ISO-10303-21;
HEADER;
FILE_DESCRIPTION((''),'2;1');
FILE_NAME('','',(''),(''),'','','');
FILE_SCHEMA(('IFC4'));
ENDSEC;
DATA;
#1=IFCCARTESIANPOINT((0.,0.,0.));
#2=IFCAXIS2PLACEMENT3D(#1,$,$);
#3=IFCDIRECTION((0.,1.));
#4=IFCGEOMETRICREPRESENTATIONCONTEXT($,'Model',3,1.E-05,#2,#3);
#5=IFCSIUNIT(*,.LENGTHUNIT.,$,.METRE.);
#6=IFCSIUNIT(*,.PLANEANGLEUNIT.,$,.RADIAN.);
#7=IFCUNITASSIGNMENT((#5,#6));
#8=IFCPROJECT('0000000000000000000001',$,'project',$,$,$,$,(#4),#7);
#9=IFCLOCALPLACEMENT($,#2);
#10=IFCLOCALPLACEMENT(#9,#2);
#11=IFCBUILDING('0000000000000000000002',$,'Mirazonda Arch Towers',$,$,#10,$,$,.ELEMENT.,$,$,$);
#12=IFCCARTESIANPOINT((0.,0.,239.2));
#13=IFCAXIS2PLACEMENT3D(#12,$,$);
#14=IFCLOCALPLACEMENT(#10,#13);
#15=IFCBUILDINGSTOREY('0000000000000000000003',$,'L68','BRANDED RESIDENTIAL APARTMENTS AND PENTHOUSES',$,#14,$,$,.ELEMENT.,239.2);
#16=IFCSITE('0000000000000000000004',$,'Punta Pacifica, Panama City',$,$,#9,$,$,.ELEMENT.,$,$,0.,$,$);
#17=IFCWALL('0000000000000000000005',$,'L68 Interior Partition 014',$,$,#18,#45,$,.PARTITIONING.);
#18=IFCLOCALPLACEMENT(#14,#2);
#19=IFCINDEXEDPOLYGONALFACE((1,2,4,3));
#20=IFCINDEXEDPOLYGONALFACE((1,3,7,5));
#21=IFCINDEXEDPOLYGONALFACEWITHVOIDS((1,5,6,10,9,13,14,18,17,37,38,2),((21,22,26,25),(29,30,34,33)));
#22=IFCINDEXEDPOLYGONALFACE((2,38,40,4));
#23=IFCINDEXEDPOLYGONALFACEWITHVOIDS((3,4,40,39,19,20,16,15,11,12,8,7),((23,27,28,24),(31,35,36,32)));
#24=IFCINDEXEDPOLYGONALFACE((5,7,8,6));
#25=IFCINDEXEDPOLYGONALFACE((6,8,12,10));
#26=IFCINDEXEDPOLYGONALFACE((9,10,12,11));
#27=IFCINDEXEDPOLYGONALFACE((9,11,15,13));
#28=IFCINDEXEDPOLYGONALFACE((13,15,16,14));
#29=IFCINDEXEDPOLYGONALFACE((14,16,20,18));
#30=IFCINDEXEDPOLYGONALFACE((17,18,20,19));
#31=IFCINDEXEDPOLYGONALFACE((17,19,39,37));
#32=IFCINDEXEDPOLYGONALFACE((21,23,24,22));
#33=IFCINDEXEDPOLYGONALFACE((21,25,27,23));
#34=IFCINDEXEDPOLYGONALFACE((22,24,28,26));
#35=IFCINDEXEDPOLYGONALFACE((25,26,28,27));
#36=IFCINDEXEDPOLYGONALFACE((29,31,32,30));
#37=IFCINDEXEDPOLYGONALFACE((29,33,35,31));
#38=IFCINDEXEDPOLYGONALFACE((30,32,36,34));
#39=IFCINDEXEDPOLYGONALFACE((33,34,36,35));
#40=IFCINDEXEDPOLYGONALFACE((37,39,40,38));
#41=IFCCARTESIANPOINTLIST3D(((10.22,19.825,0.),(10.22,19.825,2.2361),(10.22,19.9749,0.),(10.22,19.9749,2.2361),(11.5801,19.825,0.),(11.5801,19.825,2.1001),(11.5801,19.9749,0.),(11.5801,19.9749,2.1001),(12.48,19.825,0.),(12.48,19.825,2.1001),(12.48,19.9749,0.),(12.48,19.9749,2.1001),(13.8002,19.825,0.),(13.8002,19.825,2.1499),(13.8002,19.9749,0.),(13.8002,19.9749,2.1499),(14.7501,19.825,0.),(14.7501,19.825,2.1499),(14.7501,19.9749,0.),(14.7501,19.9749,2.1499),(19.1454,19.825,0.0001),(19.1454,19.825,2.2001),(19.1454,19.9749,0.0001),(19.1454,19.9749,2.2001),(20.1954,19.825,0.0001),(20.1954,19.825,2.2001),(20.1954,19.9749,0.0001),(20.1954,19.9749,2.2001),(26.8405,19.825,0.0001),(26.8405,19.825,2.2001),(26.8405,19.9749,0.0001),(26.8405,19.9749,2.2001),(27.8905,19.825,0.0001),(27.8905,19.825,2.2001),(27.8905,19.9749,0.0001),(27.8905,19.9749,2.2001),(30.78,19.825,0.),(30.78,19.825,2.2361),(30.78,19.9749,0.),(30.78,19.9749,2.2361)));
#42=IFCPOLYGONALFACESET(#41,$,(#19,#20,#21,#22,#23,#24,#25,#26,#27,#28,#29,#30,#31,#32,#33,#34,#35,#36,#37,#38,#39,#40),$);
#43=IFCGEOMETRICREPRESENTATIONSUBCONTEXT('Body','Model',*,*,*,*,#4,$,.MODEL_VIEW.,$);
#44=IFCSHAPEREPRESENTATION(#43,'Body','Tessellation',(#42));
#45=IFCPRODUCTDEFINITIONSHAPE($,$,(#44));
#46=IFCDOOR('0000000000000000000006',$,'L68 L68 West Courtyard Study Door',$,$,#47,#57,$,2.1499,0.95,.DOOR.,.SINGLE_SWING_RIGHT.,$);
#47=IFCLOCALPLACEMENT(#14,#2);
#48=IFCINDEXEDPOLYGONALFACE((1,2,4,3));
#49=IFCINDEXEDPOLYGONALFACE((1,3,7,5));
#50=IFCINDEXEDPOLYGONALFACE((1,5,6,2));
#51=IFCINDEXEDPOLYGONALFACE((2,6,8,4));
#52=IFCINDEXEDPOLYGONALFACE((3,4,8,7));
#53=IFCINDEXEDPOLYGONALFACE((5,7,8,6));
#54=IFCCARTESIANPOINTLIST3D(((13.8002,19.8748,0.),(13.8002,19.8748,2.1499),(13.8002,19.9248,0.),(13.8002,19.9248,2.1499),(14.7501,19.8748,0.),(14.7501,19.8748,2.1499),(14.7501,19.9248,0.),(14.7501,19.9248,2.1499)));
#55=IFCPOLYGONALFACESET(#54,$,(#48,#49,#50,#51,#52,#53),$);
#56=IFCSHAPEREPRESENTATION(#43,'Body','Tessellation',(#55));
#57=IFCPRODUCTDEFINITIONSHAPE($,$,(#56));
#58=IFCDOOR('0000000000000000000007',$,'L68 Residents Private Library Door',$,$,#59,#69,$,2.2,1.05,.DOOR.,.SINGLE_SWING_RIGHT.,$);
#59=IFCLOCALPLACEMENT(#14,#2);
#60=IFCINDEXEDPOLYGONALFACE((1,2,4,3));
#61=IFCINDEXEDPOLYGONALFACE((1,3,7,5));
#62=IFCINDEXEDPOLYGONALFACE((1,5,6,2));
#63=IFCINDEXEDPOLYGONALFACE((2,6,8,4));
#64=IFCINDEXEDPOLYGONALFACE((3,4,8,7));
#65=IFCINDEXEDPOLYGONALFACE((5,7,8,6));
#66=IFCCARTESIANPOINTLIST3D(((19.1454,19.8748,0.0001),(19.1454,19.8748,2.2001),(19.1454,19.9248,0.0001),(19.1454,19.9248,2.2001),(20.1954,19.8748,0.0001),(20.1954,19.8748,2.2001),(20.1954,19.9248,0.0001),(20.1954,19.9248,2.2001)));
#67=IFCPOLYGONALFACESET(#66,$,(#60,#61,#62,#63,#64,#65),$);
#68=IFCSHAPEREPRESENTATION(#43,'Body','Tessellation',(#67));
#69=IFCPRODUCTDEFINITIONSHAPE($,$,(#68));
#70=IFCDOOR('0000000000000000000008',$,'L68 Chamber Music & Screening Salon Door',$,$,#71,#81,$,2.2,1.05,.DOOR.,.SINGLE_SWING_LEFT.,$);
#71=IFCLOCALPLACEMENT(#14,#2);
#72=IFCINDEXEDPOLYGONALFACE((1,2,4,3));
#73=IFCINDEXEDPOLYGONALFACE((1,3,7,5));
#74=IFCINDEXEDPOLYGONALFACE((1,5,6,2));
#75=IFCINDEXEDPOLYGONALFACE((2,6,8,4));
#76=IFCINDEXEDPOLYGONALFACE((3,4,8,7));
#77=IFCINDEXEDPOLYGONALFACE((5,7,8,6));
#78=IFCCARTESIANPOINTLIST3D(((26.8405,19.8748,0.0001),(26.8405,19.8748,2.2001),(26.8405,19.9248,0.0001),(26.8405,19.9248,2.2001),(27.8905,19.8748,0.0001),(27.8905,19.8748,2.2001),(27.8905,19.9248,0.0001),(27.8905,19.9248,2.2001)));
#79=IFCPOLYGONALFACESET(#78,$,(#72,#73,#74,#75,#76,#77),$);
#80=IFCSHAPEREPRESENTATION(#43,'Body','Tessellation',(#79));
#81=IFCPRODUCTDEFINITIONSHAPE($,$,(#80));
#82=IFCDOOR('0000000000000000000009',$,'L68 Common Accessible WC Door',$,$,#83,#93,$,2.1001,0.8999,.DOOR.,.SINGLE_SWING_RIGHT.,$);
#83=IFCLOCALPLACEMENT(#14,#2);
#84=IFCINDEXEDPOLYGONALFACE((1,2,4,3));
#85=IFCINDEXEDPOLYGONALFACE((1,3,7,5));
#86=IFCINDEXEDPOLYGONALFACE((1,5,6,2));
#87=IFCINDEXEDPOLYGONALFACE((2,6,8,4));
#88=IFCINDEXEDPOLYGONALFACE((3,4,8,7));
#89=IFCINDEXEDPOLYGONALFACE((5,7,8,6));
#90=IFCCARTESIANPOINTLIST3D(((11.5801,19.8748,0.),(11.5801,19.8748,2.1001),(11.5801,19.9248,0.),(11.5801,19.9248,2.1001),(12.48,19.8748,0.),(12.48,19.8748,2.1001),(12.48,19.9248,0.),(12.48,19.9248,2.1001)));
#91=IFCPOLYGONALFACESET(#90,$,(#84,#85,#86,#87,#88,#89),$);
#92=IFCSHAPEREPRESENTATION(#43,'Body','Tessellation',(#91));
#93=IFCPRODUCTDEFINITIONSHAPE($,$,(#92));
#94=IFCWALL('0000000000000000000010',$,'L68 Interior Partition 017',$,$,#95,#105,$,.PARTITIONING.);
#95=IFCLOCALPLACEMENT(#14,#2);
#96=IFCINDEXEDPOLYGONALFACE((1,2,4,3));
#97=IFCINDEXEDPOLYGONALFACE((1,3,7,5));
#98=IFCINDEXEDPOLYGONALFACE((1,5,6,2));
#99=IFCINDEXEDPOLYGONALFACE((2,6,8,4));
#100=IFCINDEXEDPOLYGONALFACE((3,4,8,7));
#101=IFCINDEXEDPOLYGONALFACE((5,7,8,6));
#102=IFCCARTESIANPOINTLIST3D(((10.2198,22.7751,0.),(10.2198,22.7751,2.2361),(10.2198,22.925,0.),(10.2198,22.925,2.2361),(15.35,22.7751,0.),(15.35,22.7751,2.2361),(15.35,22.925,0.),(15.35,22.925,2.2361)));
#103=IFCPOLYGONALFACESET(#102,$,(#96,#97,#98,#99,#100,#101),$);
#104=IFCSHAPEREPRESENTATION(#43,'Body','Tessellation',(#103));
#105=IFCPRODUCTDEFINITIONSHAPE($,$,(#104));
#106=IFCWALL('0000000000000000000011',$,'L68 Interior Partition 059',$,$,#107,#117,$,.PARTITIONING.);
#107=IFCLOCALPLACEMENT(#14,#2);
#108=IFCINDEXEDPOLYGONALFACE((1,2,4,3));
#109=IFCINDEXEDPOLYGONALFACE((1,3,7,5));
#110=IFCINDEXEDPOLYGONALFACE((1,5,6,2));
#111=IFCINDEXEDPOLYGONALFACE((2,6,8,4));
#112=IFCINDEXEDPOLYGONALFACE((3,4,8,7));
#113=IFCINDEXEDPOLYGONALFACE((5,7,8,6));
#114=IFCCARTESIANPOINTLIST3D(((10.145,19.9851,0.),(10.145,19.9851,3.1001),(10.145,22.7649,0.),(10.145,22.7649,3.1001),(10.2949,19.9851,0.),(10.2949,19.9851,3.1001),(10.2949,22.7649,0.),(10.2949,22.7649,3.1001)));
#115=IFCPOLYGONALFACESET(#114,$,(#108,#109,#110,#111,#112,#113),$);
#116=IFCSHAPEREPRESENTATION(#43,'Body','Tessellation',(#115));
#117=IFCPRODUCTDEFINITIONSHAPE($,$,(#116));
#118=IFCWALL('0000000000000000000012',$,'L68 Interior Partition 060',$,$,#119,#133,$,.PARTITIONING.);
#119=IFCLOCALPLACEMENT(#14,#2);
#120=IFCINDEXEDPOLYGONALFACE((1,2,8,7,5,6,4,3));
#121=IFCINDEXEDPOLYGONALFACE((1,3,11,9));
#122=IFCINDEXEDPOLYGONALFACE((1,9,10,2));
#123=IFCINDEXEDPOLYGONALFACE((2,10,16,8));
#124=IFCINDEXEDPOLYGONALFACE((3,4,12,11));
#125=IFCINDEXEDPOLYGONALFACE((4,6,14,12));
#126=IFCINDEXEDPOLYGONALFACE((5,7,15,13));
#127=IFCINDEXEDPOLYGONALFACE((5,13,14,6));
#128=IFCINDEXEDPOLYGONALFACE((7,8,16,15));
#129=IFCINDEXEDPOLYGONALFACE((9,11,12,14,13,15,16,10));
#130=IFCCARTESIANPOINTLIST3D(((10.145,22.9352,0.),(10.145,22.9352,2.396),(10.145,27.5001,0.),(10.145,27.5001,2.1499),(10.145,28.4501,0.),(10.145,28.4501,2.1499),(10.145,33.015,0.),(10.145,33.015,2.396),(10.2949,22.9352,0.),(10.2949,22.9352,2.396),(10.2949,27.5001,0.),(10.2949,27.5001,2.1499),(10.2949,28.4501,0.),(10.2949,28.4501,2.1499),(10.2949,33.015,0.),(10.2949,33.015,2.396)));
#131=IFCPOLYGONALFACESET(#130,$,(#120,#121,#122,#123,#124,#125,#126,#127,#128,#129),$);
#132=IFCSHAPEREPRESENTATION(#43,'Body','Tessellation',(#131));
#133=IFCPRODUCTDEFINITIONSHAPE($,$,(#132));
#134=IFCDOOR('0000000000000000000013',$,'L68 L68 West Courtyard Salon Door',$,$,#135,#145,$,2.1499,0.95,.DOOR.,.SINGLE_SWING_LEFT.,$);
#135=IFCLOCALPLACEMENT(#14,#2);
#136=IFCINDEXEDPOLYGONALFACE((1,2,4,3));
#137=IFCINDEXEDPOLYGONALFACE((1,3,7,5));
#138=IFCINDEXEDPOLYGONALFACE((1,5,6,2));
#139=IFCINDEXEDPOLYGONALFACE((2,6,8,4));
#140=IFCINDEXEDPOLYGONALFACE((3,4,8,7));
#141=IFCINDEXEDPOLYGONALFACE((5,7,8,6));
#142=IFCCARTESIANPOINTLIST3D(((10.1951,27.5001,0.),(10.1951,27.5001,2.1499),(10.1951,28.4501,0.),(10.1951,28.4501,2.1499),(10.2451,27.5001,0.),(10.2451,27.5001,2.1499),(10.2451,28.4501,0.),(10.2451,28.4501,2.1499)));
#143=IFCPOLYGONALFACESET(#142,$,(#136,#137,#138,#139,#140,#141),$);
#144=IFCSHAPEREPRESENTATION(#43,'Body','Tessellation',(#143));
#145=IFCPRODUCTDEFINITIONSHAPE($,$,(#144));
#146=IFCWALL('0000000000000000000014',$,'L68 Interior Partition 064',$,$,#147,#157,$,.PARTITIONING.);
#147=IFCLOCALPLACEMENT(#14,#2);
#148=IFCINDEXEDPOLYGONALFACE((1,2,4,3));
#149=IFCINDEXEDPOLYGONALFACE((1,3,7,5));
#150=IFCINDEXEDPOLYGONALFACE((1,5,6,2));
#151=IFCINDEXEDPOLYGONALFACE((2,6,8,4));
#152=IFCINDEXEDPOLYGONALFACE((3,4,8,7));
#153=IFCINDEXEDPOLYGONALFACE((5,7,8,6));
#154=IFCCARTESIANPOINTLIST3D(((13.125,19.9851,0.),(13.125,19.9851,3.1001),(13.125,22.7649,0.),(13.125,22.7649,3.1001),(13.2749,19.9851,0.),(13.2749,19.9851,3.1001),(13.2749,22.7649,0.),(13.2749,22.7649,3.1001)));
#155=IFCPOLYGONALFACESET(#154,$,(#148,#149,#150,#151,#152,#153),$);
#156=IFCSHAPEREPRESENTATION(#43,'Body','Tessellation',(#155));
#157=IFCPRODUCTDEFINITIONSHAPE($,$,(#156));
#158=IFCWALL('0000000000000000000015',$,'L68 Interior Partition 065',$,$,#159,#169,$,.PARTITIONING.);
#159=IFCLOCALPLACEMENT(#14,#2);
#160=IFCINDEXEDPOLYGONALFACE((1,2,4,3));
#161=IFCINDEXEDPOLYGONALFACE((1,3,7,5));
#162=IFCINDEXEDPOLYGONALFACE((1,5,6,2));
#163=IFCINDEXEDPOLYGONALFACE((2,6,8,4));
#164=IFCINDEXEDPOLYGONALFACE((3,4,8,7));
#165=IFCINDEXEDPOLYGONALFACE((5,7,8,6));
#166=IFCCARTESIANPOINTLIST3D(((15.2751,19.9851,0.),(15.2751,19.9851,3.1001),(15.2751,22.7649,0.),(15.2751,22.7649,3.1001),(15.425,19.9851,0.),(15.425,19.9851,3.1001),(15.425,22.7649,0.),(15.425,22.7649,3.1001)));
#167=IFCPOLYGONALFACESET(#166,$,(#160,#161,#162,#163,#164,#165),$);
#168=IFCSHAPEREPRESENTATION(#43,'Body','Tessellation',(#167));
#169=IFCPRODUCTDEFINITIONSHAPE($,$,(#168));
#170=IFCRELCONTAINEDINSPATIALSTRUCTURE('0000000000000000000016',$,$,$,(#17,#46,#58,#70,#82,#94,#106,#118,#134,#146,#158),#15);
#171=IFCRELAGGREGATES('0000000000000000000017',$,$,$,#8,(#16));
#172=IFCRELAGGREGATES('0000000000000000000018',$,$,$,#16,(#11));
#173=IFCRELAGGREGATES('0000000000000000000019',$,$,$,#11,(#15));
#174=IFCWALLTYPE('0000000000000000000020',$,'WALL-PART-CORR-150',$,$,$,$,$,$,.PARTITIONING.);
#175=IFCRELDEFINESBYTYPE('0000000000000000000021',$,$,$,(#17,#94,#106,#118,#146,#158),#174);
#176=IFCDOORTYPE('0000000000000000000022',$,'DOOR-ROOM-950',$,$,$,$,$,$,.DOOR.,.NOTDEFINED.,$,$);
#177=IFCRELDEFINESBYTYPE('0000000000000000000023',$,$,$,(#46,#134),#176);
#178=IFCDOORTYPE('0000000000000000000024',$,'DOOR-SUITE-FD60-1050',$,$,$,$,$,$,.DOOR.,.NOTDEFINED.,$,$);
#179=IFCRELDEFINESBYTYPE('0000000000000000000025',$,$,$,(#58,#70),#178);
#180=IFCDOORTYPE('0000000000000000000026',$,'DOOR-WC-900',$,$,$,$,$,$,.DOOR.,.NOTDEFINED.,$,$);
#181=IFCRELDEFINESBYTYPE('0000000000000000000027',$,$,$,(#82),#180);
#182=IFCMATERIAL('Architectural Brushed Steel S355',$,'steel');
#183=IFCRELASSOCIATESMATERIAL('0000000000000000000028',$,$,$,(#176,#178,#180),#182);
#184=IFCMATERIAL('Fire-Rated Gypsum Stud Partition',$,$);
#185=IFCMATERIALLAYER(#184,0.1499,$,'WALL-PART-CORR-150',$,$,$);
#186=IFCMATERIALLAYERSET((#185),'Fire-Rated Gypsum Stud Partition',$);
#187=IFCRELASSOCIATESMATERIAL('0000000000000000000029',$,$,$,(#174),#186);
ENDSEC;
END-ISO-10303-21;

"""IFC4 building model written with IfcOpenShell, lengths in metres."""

from ifc_helpers import new_model, si_unit, direction, frame, frame_2d, origin, place, context, subcontext, project, spatial, rectangle, extrude, material, layer, layer_set, type_object, element, fill, save


model = new_model("IFC4")

# Units and contexts
model_context = context("Model", 3, precision=1e-05, world=origin(), true_north=direction((0.0, 1.0)))
body_context = subcontext(model_context, "Body", "Model", "MODEL_VIEW")
ifc_project = project(units=[si_unit("LENGTHUNIT", "METRE"), si_unit("PLANEANGLEUNIT", "RADIAN")], contexts=[model_context])

# Site, building, storey
site_placement = place(None, origin())
site = spatial("IfcSite", under=ifc_project, at=site_placement, Name="Punta Pacifica, Panama City", CompositionType="ELEMENT", RefElevation=0.0)
building_placement = place(site_placement, origin())
building = spatial("IfcBuilding", under=site, at=building_placement, Name="Mirazonda Arch Towers", CompositionType="ELEMENT")
storey_placement = place(building_placement, frame((0.0, 0.0, 239.2)))
storey = spatial("IfcBuildingStorey", under=building, at=storey_placement, Name="L68", Description="BRANDED RESIDENTIAL APARTMENTS AND PENTHOUSES", CompositionType="ELEMENT", Elevation=239.2)

# Shared definitions
ifc_material_1 = material(Name="Architectural Brushed Steel S355", Category="steel")
door_type_1 = type_object("IfcDoorType", Name="DOOR-ROOM-950", OperationType="NOTDEFINED", PredefinedType="DOOR", material=ifc_material_1)

# Shared definitions
ifc_material_2 = material(Name="Fire-Rated Gypsum Stud Partition")
ifc_layer_1 = layer(ifc_material_2, 0.1499, Name="WALL-PART-CORR-150")
ifc_layer_set_1 = layer_set([ifc_layer_1], Name="Fire-Rated Gypsum Stud Partition")
wall_type_1 = type_object("IfcWallType", Name="WALL-PART-CORR-150", PredefinedType="PARTITIONING", material=ifc_layer_set_1)

# Wall, openings, doors
wall_1_placement = place(storey_placement, frame((10.22, 19.8999, 0.0), z_axis=(0.0, 0.0, 1.0), x_axis=(1.0, 0.0, 0.0)))
wall_1 = element("IfcWall", 1, at=wall_1_placement, inside=storey, type_object=wall_type_1, Name="L68 Interior Partition 014", PredefinedType="PARTITIONING", context=body_context, shape_type="SweptSolid", body=[
    extrude(rectangle(XDim=20.5601, YDim=0.1499, at=frame_2d((10.28, 0.0))), origin(), (0.0, 0.0, 1.0), 2.2361),
])
opening_1_placement = place(wall_1_placement, frame((1.3601, 0.0, 0.0)))
opening_1 = element("IfcOpeningElement", 2, at=opening_1_placement, cuts=wall_1, PredefinedType="OPENING", context=body_context, shape_type="SweptSolid", body=[
    extrude(rectangle(XDim=0.8999, YDim=2.1001, at=frame_2d((0.45, 1.05))), frame((0.0, 0.085, 0.0), z_axis=(0.0, -1.0, 0.0), x_axis=(1.0, 0.0, 0.0)), (0.0, 0.0, 1.0), 0.1699),
])
opening_2_placement = place(wall_1_placement, frame((3.5801, 0.0, 0.0)))
opening_2 = element("IfcOpeningElement", 3, at=opening_2_placement, cuts=wall_1, PredefinedType="OPENING", context=body_context, shape_type="SweptSolid", body=[
    extrude(rectangle(XDim=0.95, YDim=2.1499, at=frame_2d((0.4751, 1.075))), frame((0.0, 0.085, 0.0), z_axis=(0.0, -1.0, 0.0), x_axis=(1.0, 0.0, 0.0)), (0.0, 0.0, 1.0), 0.1699),
])
opening_3_placement = place(wall_1_placement, frame((8.9255, 0.0, 0.0)))
opening_3 = element("IfcOpeningElement", 4, at=opening_3_placement, cuts=wall_1, PredefinedType="OPENING", context=body_context, shape_type="SweptSolid", body=[
    extrude(rectangle(XDim=1.05, YDim=2.2, at=frame_2d((0.5249, 1.1001))), frame((0.0, 0.085, 0.0), z_axis=(0.0, -1.0, 0.0), x_axis=(1.0, 0.0, 0.0)), (0.0, 0.0, 1.0), 0.1699),
])
opening_4_placement = place(wall_1_placement, frame((16.6206, 0.0, 0.0)))
opening_4 = element("IfcOpeningElement", 5, at=opening_4_placement, cuts=wall_1, PredefinedType="OPENING", context=body_context, shape_type="SweptSolid", body=[
    extrude(rectangle(XDim=1.05, YDim=2.2, at=frame_2d((0.5249, 1.1001))), frame((0.0, 0.085, 0.0), z_axis=(0.0, -1.0, 0.0), x_axis=(1.0, 0.0, 0.0)), (0.0, 0.0, 1.0), 0.1699),
])
door_1_placement = place(opening_2_placement, origin())
door_1 = element("IfcDoor", 6, at=door_1_placement, inside=storey, type_object=door_type_1, Name="L68 L68 West Courtyard Study Door", OperationType="SINGLE_SWING_RIGHT", OverallHeight=2.1499, OverallWidth=0.95, PredefinedType="DOOR", context=body_context, shape_type="SweptSolid", body=[
    extrude(rectangle(XDim=0.95, YDim=2.1499, at=frame_2d((0.4751, 1.075))), frame((0.0, 0.0249, 0.0), z_axis=(0.0, -1.0, 0.0), x_axis=(1.0, 0.0, 0.0)), (0.0, 0.0, 1.0), 0.05),
])
fill(opening_2, door_1)
door_type_2 = type_object("IfcDoorType", Name="DOOR-SUITE-FD60-1050", OperationType="NOTDEFINED", PredefinedType="DOOR", material=ifc_material_1)
door_2_placement = place(opening_3_placement, origin())
door_2 = element("IfcDoor", 7, at=door_2_placement, inside=storey, type_object=door_type_2, Name="L68 Residents Private Library Door", OperationType="SINGLE_SWING_RIGHT", OverallHeight=2.2, OverallWidth=1.05, PredefinedType="DOOR", context=body_context, shape_type="SweptSolid", body=[
    extrude(rectangle(XDim=1.05, YDim=2.2, at=frame_2d((0.5249, 1.1001))), frame((0.0, 0.0249, 0.0), z_axis=(0.0, -1.0, 0.0), x_axis=(1.0, 0.0, 0.0)), (0.0, 0.0, 1.0), 0.05),
])
fill(opening_3, door_2)
door_3_placement = place(opening_4_placement, origin())
door_3 = element("IfcDoor", 8, at=door_3_placement, inside=storey, type_object=door_type_2, Name="L68 Chamber Music & Screening Salon Door", OperationType="SINGLE_SWING_LEFT", OverallHeight=2.2, OverallWidth=1.05, PredefinedType="DOOR", context=body_context, shape_type="SweptSolid", body=[
    extrude(rectangle(XDim=1.05, YDim=2.2, at=frame_2d((0.5249, 1.1001))), frame((0.0, 0.0249, 0.0), z_axis=(0.0, -1.0, 0.0), x_axis=(1.0, 0.0, 0.0)), (0.0, 0.0, 1.0), 0.05),
])
fill(opening_4, door_3)
door_type_3 = type_object("IfcDoorType", Name="DOOR-WC-900", OperationType="NOTDEFINED", PredefinedType="DOOR", material=ifc_material_1)
door_4_placement = place(opening_1_placement, origin())
door_4 = element("IfcDoor", 9, at=door_4_placement, inside=storey, type_object=door_type_3, Name="L68 Common Accessible WC Door", OperationType="SINGLE_SWING_RIGHT", OverallHeight=2.1001, OverallWidth=0.8999, PredefinedType="DOOR", context=body_context, shape_type="SweptSolid", body=[
    extrude(rectangle(XDim=0.8999, YDim=2.1001, at=frame_2d((0.45, 1.05))), frame((0.0, 0.0249, 0.0), z_axis=(0.0, -1.0, 0.0), x_axis=(1.0, 0.0, 0.0)), (0.0, 0.0, 1.0), 0.05),
])
fill(opening_1, door_4)

# Walls
wall_2_placement = place(storey_placement, frame((10.22, 22.8501, 0.0), z_axis=(0.0, 0.0, 1.0), x_axis=(1.0, 0.0, 0.0)))
element("IfcWall", 10, at=wall_2_placement, inside=storey, type_object=wall_type_1, Name="L68 Interior Partition 017", PredefinedType="PARTITIONING", context=body_context, shape_type="SweptSolid", body=[
    extrude(rectangle(XDim=5.1301, YDim=0.1499, at=frame_2d((2.5649, 0.0))), origin(), (0.0, 0.0, 1.0), 2.2361),
])
wall_3_placement = place(storey_placement, frame((10.22, 19.9851, 0.0), z_axis=(0.0, 0.0, 1.0), x_axis=(0.0, 1.0, 0.0)))
element("IfcWall", 11, at=wall_3_placement, inside=storey, type_object=wall_type_1, Name="L68 Interior Partition 059", PredefinedType="PARTITIONING", context=body_context, shape_type="SweptSolid", body=[
    extrude(rectangle(XDim=2.7798, YDim=0.1499, at=frame_2d((1.3899, 0.0))), origin(), (0.0, 0.0, 1.0), 3.1001),
])

# Wall, opening, door
wall_4_placement = place(storey_placement, frame((10.22, 22.9351, 0.0), z_axis=(0.0, 0.0, 1.0), x_axis=(0.0, 1.0, 0.0)))
wall_4 = element("IfcWall", 12, at=wall_4_placement, inside=storey, type_object=wall_type_1, Name="L68 Interior Partition 060", PredefinedType="PARTITIONING", context=body_context, shape_type="SweptSolid", body=[
    extrude(rectangle(XDim=10.0798, YDim=0.1499, at=frame_2d((5.04, 0.0))), origin(), (0.0, 0.0, 1.0), 2.396),
])
opening_5_placement = place(wall_4_placement, frame((4.5649, 0.0, 0.0)))
opening_5 = element("IfcOpeningElement", 13, at=opening_5_placement, cuts=wall_4, PredefinedType="OPENING", context=body_context, shape_type="SweptSolid", body=[
    extrude(rectangle(XDim=0.95, YDim=2.1499, at=frame_2d((0.4751, 1.075))), frame((0.0, 0.085, 0.0), z_axis=(0.0, -1.0, 0.0), x_axis=(1.0, 0.0, 0.0)), (0.0, 0.0, 1.0), 0.1699),
])
door_5_placement = place(opening_5_placement, origin())
door_5 = element("IfcDoor", 14, at=door_5_placement, inside=storey, type_object=door_type_1, Name="L68 L68 West Courtyard Salon Door", OperationType="SINGLE_SWING_LEFT", OverallHeight=2.1499, OverallWidth=0.95, PredefinedType="DOOR", context=body_context, shape_type="SweptSolid", body=[
    extrude(rectangle(XDim=0.95, YDim=2.1499, at=frame_2d((0.4751, 1.075))), frame((0.0, 0.0249, 0.0), z_axis=(0.0, -1.0, 0.0), x_axis=(1.0, 0.0, 0.0)), (0.0, 0.0, 1.0), 0.05),
])
fill(opening_5, door_5)

# Walls
for number, where, z_axis, x_axis, name in (
    (15, (13.2, 19.9851, 0.0), (0.0, 0.0, 1.0), (0.0, 1.0, 0.0), "L68 Interior Partition 064"),
    (16, (15.3501, 19.9851, 0.0), (0.0, 0.0, 1.0), (0.0, 1.0, 0.0), "L68 Interior Partition 065"),
):
    element("IfcWall", number, at=place(storey_placement, frame(where, z_axis=z_axis, x_axis=x_axis)), inside=storey, type_object=wall_type_1, Name=name, PredefinedType="PARTITIONING", context=body_context, shape_type="SweptSolid", body=[
        extrude(rectangle(XDim=2.7798, YDim=0.1499, at=frame_2d((1.3899, 0.0))), origin(), (0.0, 0.0, 1.0), 3.1001),
    ])

save(model, "model.ifc")
